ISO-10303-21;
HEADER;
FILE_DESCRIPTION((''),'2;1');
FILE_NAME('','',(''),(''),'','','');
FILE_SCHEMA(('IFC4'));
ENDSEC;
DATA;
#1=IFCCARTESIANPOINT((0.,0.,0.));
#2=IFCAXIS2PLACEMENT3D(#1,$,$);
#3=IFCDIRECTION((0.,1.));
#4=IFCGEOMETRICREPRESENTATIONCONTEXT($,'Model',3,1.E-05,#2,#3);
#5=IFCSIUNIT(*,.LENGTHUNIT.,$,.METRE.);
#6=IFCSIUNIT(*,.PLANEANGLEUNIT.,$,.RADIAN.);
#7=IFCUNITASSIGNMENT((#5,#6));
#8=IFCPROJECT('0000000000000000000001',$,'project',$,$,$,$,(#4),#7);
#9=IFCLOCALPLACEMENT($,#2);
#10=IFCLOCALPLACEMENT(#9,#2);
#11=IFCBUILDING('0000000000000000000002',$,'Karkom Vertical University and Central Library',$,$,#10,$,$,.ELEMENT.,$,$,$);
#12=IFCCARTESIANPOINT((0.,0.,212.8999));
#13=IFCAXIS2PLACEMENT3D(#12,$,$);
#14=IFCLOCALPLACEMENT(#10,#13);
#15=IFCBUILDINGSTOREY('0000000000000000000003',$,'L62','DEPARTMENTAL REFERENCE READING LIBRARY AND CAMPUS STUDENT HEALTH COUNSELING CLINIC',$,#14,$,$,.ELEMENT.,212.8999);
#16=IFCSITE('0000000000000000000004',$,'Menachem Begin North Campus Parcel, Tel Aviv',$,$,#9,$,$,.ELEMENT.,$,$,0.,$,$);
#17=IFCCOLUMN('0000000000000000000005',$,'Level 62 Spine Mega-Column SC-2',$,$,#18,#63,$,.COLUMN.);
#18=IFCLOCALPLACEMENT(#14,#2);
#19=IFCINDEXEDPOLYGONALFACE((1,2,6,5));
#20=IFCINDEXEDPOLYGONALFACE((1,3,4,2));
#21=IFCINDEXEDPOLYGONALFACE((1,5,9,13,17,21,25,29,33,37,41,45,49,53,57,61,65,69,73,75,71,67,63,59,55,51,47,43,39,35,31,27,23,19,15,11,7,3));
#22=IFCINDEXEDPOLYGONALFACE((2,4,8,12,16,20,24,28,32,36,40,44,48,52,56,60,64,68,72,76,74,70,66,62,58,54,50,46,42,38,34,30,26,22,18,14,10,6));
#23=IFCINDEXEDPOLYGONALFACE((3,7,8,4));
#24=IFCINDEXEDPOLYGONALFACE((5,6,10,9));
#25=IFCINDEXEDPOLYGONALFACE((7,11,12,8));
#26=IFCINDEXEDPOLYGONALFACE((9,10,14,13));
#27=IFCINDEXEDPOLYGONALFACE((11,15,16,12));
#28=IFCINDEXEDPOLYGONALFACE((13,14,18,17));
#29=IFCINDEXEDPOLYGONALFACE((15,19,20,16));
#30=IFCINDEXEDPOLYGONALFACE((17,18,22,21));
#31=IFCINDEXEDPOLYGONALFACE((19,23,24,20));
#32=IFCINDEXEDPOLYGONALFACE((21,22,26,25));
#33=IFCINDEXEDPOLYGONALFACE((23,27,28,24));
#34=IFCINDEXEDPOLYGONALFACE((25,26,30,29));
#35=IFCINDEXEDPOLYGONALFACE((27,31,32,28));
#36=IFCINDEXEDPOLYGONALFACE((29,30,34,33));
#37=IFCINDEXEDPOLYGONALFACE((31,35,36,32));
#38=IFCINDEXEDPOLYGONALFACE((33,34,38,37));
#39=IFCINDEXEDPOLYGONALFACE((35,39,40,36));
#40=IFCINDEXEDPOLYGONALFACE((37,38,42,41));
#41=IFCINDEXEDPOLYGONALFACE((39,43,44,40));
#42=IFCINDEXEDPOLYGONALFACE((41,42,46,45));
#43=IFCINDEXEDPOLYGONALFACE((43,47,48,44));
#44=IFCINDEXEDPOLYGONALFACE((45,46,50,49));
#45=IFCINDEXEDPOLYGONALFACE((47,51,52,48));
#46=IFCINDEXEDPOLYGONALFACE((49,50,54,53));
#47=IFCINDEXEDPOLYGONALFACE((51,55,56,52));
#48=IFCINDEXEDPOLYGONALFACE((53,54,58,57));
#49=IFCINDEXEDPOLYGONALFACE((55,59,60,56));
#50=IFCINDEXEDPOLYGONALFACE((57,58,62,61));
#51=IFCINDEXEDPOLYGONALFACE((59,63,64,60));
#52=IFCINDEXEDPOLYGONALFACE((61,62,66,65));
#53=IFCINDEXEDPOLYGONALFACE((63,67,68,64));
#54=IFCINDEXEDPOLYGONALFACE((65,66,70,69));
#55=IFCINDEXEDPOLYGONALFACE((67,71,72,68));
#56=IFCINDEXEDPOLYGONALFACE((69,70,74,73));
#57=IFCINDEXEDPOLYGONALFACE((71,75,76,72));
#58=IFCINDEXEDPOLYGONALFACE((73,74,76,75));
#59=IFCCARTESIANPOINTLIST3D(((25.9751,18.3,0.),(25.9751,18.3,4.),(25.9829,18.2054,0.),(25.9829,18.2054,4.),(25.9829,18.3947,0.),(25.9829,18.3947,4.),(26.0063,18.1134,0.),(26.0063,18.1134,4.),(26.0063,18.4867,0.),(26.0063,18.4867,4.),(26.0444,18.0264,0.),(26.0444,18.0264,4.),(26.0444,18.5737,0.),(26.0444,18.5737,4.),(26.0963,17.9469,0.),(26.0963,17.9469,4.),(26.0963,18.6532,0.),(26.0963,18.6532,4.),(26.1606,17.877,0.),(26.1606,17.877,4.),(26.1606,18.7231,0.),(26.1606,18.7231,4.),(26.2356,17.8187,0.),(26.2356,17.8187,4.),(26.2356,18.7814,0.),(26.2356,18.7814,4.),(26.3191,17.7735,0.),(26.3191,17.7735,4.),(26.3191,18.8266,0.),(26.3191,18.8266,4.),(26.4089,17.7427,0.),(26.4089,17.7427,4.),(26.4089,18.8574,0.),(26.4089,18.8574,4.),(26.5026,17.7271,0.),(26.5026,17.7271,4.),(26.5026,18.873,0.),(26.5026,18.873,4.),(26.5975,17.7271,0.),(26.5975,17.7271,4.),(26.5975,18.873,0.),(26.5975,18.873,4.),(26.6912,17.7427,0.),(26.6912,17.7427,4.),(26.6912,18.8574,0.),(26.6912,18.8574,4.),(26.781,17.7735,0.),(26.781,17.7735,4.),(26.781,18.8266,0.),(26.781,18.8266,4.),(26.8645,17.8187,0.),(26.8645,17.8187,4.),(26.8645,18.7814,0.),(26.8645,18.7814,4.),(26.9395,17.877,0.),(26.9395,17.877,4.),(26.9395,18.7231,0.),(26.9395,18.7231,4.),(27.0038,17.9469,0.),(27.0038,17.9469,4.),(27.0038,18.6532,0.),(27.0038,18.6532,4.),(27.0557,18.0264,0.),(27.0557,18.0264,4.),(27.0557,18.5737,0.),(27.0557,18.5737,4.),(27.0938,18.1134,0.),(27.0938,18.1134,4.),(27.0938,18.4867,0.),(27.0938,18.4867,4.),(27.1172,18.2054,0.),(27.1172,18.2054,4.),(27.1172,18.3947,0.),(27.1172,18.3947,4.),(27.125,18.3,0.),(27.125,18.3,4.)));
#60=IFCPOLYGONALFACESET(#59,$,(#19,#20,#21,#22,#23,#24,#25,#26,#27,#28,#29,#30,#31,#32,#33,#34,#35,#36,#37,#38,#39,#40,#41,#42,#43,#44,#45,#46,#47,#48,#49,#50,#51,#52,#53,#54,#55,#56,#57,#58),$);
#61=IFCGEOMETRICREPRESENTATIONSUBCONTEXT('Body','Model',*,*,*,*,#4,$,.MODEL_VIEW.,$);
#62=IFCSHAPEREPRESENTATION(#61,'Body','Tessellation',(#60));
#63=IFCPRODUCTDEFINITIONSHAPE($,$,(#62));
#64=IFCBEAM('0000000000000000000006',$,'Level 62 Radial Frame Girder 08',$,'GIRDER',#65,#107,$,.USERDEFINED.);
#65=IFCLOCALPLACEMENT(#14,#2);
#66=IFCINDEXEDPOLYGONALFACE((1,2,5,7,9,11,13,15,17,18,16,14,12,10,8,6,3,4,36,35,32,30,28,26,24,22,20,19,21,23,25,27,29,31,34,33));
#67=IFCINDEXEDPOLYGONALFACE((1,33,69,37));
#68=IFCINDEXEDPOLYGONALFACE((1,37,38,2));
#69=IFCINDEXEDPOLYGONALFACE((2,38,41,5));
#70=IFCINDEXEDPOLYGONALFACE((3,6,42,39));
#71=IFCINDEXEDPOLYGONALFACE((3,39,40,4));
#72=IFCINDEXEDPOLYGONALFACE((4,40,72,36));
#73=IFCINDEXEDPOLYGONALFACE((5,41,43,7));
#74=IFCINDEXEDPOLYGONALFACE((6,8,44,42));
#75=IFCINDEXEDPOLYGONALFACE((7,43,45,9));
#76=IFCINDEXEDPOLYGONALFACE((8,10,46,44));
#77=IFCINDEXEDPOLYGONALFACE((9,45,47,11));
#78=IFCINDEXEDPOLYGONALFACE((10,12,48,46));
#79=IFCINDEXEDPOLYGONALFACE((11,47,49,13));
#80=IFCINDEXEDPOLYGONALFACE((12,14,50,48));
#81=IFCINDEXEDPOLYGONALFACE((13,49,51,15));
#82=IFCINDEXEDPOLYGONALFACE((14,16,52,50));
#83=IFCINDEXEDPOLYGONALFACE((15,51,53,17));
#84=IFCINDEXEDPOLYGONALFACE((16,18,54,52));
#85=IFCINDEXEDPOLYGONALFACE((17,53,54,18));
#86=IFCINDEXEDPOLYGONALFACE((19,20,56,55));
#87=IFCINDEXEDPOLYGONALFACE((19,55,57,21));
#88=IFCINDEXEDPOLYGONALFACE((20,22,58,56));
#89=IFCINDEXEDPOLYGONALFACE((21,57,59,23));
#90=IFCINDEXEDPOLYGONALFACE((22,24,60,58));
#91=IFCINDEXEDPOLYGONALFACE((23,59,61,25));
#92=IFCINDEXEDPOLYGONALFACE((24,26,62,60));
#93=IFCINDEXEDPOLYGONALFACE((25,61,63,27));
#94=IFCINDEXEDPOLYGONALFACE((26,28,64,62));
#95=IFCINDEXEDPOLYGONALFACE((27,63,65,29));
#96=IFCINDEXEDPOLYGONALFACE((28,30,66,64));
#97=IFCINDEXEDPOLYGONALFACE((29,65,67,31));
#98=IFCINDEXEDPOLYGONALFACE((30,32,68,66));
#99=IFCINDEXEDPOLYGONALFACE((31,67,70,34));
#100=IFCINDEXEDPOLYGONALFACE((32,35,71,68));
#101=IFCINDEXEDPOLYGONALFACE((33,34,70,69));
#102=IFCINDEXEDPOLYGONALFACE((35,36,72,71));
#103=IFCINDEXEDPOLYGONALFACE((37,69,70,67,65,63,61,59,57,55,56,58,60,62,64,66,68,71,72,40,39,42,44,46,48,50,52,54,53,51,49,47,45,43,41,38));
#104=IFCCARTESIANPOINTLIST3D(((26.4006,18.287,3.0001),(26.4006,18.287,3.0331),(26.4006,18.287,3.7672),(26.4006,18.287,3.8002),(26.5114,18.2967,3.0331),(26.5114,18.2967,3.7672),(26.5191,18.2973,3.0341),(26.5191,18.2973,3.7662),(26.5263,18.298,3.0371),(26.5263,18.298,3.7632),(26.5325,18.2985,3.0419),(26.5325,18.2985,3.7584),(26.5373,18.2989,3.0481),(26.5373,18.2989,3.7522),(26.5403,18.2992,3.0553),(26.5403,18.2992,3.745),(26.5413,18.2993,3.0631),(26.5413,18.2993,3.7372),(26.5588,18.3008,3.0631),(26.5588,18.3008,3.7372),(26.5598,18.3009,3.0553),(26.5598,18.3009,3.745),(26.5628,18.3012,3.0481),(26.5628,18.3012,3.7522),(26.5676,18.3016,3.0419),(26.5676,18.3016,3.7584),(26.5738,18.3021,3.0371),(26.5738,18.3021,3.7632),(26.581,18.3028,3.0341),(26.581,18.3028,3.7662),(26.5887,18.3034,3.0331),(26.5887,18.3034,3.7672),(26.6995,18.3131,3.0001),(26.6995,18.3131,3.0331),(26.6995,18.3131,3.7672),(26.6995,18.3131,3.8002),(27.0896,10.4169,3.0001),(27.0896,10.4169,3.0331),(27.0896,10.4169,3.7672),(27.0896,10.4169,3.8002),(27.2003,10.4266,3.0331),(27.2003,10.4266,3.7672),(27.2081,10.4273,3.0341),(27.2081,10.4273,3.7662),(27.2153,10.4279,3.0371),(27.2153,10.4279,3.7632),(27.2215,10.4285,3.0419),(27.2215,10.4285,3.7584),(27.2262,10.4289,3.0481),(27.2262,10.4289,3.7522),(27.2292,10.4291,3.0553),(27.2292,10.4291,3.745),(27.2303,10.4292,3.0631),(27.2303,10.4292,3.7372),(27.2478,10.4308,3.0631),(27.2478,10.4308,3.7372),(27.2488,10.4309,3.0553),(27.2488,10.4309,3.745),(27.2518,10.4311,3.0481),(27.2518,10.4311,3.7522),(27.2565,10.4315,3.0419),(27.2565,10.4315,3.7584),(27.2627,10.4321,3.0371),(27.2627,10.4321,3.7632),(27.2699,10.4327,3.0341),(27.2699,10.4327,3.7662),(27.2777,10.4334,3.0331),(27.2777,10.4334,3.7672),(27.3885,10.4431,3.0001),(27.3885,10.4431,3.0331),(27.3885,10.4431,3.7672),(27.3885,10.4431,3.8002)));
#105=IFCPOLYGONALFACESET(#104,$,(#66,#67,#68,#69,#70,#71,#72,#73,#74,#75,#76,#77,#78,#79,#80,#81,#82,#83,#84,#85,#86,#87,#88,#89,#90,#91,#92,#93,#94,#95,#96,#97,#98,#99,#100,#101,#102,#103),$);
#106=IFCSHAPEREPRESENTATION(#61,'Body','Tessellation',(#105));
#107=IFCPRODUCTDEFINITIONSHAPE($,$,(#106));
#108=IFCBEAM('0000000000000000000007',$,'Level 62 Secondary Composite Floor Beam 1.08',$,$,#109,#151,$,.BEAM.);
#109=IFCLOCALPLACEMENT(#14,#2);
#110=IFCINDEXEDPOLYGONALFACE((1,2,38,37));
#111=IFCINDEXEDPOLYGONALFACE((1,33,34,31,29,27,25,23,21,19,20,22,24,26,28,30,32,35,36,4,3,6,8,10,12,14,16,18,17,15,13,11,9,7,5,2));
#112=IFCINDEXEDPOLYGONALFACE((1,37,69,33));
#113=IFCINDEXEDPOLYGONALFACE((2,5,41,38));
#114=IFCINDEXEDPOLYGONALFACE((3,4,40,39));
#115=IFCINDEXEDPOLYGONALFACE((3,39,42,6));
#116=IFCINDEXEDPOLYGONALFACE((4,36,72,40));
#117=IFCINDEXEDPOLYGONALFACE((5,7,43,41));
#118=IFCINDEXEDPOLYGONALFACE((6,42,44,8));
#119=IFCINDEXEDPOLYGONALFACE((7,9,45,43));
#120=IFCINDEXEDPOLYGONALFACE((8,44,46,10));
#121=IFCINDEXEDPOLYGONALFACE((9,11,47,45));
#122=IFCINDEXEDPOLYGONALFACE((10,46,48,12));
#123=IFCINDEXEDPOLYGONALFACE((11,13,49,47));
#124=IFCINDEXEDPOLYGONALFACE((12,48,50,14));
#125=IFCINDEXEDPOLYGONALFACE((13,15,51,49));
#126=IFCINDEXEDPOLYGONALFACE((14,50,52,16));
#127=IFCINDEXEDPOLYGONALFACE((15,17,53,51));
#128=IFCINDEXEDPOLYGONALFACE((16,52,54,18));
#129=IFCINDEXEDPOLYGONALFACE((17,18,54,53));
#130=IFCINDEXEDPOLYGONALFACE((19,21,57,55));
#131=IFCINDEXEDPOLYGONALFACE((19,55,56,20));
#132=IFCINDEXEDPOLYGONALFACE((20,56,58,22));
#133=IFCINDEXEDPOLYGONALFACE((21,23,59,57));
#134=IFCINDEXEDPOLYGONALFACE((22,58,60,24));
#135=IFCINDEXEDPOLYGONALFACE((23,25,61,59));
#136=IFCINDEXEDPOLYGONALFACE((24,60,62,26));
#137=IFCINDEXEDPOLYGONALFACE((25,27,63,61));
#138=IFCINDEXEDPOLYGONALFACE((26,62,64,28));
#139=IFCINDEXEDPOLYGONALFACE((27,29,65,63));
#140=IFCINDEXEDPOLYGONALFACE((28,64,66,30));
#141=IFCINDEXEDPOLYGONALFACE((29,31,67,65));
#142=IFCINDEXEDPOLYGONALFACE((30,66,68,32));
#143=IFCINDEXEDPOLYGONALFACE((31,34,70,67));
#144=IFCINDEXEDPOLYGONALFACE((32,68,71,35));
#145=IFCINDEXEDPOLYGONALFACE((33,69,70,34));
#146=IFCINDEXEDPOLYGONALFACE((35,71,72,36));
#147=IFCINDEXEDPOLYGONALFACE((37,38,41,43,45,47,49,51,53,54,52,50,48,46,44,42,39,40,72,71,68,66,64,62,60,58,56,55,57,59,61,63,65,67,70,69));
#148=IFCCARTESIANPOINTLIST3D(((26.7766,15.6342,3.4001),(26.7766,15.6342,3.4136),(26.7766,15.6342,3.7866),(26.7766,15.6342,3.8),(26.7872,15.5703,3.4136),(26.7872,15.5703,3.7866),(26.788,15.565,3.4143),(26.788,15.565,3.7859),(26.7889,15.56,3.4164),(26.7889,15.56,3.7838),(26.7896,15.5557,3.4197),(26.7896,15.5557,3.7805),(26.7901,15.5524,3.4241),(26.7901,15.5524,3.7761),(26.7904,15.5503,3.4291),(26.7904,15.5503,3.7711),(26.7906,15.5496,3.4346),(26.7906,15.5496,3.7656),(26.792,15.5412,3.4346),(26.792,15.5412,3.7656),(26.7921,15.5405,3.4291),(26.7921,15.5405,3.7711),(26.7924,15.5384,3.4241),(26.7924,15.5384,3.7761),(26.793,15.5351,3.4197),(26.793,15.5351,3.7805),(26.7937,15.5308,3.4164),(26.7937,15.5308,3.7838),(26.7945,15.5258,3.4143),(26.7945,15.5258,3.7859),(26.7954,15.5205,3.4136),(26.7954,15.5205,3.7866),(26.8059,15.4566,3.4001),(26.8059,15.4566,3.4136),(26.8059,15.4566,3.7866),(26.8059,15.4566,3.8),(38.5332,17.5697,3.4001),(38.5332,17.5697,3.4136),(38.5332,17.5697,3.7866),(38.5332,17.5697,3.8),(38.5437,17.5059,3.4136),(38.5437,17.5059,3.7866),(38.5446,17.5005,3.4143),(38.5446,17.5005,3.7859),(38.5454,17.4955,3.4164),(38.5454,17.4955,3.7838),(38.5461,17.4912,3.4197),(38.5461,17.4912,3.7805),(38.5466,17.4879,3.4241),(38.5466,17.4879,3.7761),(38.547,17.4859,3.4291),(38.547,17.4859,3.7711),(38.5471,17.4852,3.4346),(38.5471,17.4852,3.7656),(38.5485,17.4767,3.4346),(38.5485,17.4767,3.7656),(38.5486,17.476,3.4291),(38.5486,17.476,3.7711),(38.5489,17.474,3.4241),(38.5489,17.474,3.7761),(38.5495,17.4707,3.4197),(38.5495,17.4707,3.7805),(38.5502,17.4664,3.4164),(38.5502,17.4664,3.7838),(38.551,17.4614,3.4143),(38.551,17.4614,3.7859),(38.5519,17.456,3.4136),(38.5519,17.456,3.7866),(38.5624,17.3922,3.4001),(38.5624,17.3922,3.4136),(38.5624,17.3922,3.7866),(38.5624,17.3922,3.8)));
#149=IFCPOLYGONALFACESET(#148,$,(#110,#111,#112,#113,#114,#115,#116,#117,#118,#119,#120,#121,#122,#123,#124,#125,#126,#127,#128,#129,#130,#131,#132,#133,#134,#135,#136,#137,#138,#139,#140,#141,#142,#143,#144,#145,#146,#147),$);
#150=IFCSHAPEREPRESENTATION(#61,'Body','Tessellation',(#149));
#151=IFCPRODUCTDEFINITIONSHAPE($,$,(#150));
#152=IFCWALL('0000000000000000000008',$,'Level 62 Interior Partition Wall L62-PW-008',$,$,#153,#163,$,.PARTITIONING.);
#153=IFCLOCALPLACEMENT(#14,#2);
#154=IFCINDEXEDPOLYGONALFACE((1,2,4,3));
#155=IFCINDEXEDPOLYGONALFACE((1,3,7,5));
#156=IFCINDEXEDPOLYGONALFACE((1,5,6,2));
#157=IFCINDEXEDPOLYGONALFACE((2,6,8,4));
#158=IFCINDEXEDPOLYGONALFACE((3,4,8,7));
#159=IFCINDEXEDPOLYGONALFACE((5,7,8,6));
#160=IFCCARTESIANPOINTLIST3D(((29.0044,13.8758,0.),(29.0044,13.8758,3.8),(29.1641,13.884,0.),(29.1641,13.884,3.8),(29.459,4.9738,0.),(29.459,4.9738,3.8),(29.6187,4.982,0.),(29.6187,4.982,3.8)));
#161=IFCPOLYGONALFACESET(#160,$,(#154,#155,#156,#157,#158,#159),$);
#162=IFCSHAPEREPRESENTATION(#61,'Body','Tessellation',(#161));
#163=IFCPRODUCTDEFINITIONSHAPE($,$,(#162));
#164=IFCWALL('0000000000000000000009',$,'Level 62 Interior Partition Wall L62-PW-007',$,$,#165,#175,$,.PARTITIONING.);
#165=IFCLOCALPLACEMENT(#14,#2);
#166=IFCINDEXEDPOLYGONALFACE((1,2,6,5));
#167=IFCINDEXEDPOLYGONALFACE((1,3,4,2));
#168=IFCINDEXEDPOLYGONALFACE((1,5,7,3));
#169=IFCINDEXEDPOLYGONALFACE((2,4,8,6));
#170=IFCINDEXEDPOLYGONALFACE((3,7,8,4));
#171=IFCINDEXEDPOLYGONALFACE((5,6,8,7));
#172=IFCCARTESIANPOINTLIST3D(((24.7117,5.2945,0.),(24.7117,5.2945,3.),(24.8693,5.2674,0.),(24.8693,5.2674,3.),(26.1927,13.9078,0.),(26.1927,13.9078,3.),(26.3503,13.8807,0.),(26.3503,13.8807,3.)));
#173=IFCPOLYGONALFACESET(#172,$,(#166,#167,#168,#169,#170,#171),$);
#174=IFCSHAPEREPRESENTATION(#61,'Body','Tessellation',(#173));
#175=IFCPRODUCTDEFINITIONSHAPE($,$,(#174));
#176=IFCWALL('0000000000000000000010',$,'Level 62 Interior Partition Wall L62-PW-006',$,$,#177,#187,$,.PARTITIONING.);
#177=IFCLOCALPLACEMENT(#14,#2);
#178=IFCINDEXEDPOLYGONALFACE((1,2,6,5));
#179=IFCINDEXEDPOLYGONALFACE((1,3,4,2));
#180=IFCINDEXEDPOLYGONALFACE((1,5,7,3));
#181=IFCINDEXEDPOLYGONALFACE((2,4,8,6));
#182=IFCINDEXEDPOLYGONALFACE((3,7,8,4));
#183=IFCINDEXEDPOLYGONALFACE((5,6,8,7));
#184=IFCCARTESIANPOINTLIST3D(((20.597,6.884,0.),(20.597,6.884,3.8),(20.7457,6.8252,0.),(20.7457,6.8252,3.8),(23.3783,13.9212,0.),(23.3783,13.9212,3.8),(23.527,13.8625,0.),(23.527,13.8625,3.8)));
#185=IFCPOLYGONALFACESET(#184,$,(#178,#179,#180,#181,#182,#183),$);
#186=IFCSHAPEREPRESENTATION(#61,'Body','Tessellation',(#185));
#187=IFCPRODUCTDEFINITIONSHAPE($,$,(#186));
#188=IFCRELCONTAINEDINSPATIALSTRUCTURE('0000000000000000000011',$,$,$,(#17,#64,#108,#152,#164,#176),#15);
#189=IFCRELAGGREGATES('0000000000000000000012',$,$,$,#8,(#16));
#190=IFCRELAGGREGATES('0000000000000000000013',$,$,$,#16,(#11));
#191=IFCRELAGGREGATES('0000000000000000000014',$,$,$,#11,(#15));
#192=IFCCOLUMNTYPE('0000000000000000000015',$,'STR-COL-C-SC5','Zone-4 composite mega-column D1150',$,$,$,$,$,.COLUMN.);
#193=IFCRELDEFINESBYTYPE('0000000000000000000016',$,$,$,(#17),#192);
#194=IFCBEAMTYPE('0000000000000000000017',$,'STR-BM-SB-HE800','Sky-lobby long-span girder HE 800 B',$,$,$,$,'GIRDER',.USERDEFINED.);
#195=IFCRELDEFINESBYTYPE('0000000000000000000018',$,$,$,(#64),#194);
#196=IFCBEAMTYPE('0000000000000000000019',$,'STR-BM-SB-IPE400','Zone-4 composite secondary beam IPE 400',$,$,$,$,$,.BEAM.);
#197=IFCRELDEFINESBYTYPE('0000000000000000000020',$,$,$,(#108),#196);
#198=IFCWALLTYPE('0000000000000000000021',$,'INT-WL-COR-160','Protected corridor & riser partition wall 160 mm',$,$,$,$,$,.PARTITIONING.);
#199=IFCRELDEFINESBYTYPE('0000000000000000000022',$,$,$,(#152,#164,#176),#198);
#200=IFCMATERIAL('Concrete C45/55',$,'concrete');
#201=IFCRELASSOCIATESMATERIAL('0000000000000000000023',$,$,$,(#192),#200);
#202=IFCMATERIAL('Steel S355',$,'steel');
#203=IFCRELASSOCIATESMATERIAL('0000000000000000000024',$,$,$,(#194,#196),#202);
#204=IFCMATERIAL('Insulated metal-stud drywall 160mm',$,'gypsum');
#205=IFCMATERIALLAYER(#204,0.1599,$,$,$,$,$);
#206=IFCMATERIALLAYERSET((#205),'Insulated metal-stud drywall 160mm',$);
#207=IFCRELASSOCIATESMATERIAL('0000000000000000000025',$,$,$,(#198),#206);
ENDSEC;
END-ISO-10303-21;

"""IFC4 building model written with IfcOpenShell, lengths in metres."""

from ifc_helpers import new_model, si_unit, direction, frame, frame_2d, origin, origin_with_axes, origin_2d, place, context, subcontext, project, spatial, rectangle, circle, i_section, extrude, source, transform, mapped, material, layer, layer_set, material_profile, profile_set, type_object, element, save


model = new_model("IFC4")

# Units and contexts
model_context = context("Model", 3, precision=1e-05, world=origin(), true_north=direction((0.0, 1.0)))
body_context = subcontext(model_context, "Body", "Model", "MODEL_VIEW")
ifc_project = project(units=[si_unit("LENGTHUNIT", "METRE"), si_unit("PLANEANGLEUNIT", "RADIAN")], contexts=[model_context])

# Site, building, storey
site_placement = place(None, origin())
site = spatial("IfcSite", under=ifc_project, at=site_placement, Name="Menachem Begin North Campus Parcel, Tel Aviv", CompositionType="ELEMENT", RefElevation=0.0)
building_placement = place(site_placement, origin())
building = spatial("IfcBuilding", under=site, at=building_placement, Name="Karkom Vertical University and Central Library", CompositionType="ELEMENT")
storey_placement = place(building_placement, frame((0.0, 0.0, 212.8999)))
storey = spatial("IfcBuildingStorey", under=building, at=storey_placement, Name="L62", Description="DEPARTMENTAL REFERENCE READING LIBRARY AND CAMPUS STUDENT HEALTH COUNSELING CLINIC", CompositionType="ELEMENT", Elevation=212.8999)

# Column
ifc_material_1 = material(Name="Concrete C45/55", Category="concrete")
ifc_material_profile_1 = material_profile(ifc_material_1, circle(Radius=0.575, at=origin_2d()), Name="CFT-D1150")
ifc_profile_set_1 = profile_set([ifc_material_profile_1], Name="Concrete C45/55")
column_type = type_object("IfcColumnType", Name="STR-COL-C-SC5", Description="Zone-4 composite mega-column D1150", PredefinedType="COLUMN", material=ifc_profile_set_1)
shared_shape_1 = source(origin_with_axes(), body_context, "Body", "SweptSolid", [
    extrude(circle(Radius=0.575, at=origin_2d()), origin(), (0.0, 0.0, 1.0), 4.0),
])
column_placement = place(storey_placement, frame((26.55, 18.3, 0.0), z_axis=(0.0, 0.0, 1.0), x_axis=(1.0, 0.0, 0.0)))
element("IfcColumn", 1, at=column_placement, inside=storey, type_object=column_type, Name="Level 62 Spine Mega-Column SC-2", PredefinedType="COLUMN", context=body_context, shape_type="MappedRepresentation", body=[
    mapped(shared_shape_1, transform((0.0, 0.0, 0.0), scale=1.0)),
])

# Beams
ifc_material_2 = material(Name="Steel S355", Category="steel")
ifc_material_profile_2 = material_profile(ifc_material_2, i_section(OverallWidth=0.3, OverallDepth=0.8, WebThickness=0.0176, FlangeThickness=0.033, FilletRadius=0.03, at=origin_2d()), Name="HE 800 B")
ifc_profile_set_2 = profile_set([ifc_material_profile_2], Name="Steel S355")
beam_type_1 = type_object("IfcBeamType", Name="STR-BM-SB-HE800", Description="Sky-lobby long-span girder HE 800 B", ElementType="GIRDER", PredefinedType="USERDEFINED", material=ifc_profile_set_2)
shared_shape_2 = source(origin_with_axes(), body_context, "Body", "SweptSolid", [
    extrude(i_section(OverallWidth=0.3, OverallDepth=0.8, WebThickness=0.0176, FlangeThickness=0.033, FilletRadius=0.03, at=origin_2d()), origin(), (0.0, 0.0, 1.0), 7.9001),
])
beam_1_placement = place(storey_placement, frame((26.55, 18.3, 3.4001), z_axis=(0.087208, -0.99619, 0.0), x_axis=(0.99619, 0.087208, 0.0)))
element("IfcBeam", 2, at=beam_1_placement, inside=storey, type_object=beam_type_1, Name="Level 62 Radial Frame Girder 08", ObjectType="GIRDER", PredefinedType="USERDEFINED", context=body_context, shape_type="MappedRepresentation", body=[
    mapped(shared_shape_2, transform((0.0, 0.0, 0.0), scale=1.0)),
])
ifc_material_profile_3 = material_profile(ifc_material_2, i_section(OverallWidth=0.1799, OverallDepth=0.3999, WebThickness=0.0085, FlangeThickness=0.0134, FilletRadius=0.021, at=origin_2d()), Name="IPE 400")
ifc_profile_set_3 = profile_set([ifc_material_profile_3], Name="Steel S355")
beam_type_2 = type_object("IfcBeamType", Name="STR-BM-SB-IPE400", Description="Zone-4 composite secondary beam IPE 400", PredefinedType="BEAM", material=ifc_profile_set_3)
shared_shape_3 = source(origin_with_axes(), body_context, "Body", "SweptSolid", [
    extrude(i_section(OverallWidth=0.1799, OverallDepth=0.3999, WebThickness=0.0085, FlangeThickness=0.0134, FilletRadius=0.021, at=origin_2d()), origin(), (0.0, 0.0, 1.0), 11.9148),
])
beam_2_placement = place(storey_placement, frame((26.7913, 15.5454, 3.6001), z_axis=(0.986717, 0.162448, 0.0), x_axis=(-0.162448, 0.986717, 0.0)))
element("IfcBeam", 3, at=beam_2_placement, inside=storey, type_object=beam_type_2, Name="Level 62 Secondary Composite Floor Beam 1.08", PredefinedType="BEAM", context=body_context, shape_type="MappedRepresentation", body=[
    mapped(shared_shape_3, transform((0.0, 0.0, 0.0), scale=1.0)),
])

# Walls
ifc_material_3 = material(Name="Insulated metal-stud drywall 160mm", Category="gypsum")
ifc_layer_1 = layer(ifc_material_3, 0.1599)
ifc_layer_set_1 = layer_set([ifc_layer_1], Name="Insulated metal-stud drywall 160mm")
wall_type_1 = type_object("IfcWallType", Name="INT-WL-COR-160", Description="Protected corridor & riser partition wall 160 mm", PredefinedType="PARTITIONING", material=ifc_layer_set_1)
wall_1_placement = place(storey_placement, frame((29.0842, 13.8799, 0.0), z_axis=(0.0, 0.0, 1.0), x_axis=(0.051, -0.998699, 0.0)))
element("IfcWall", 4, at=wall_1_placement, inside=storey, type_object=wall_type_1, Name="Level 62 Interior Partition Wall L62-PW-008", PredefinedType="PARTITIONING", context=body_context, shape_type="SweptSolid", body=[
    extrude(rectangle(XDim=8.9136, YDim=0.1599, at=frame_2d((4.4568, 0.0))), origin(), (0.0, 0.0, 1.0), 3.8),
])
wall_2_placement = place(storey_placement, frame((26.2715, 13.8943, 0.0), z_axis=(0.0, 0.0, 1.0), x_axis=(-0.169452, -0.985538, 0.0)))
element("IfcWall", 5, at=wall_2_placement, inside=storey, type_object=wall_type_1, Name="Level 62 Interior Partition Wall L62-PW-007", PredefinedType="PARTITIONING", context=body_context, shape_type="SweptSolid", body=[
    extrude(rectangle(XDim=8.7397, YDim=0.1599, at=frame_2d((4.3699, 0.0))), origin(), (0.0, 0.0, 1.0), 3.0),
])
wall_3_placement = place(storey_placement, frame((23.4526, 13.8918, 0.0), z_axis=(0.0, 0.0, 1.0), x_axis=(-0.36756, -0.93, 0.0)))
element("IfcWall", 6, at=wall_3_placement, inside=storey, type_object=wall_type_1, Name="Level 62 Interior Partition Wall L62-PW-006", PredefinedType="PARTITIONING", context=body_context, shape_type="SweptSolid", body=[
    extrude(rectangle(XDim=7.5669, YDim=0.1599, at=frame_2d((3.7834, 0.0))), origin(), (0.0, 0.0, 1.0), 3.8),
])

save(model, "model.ifc")
